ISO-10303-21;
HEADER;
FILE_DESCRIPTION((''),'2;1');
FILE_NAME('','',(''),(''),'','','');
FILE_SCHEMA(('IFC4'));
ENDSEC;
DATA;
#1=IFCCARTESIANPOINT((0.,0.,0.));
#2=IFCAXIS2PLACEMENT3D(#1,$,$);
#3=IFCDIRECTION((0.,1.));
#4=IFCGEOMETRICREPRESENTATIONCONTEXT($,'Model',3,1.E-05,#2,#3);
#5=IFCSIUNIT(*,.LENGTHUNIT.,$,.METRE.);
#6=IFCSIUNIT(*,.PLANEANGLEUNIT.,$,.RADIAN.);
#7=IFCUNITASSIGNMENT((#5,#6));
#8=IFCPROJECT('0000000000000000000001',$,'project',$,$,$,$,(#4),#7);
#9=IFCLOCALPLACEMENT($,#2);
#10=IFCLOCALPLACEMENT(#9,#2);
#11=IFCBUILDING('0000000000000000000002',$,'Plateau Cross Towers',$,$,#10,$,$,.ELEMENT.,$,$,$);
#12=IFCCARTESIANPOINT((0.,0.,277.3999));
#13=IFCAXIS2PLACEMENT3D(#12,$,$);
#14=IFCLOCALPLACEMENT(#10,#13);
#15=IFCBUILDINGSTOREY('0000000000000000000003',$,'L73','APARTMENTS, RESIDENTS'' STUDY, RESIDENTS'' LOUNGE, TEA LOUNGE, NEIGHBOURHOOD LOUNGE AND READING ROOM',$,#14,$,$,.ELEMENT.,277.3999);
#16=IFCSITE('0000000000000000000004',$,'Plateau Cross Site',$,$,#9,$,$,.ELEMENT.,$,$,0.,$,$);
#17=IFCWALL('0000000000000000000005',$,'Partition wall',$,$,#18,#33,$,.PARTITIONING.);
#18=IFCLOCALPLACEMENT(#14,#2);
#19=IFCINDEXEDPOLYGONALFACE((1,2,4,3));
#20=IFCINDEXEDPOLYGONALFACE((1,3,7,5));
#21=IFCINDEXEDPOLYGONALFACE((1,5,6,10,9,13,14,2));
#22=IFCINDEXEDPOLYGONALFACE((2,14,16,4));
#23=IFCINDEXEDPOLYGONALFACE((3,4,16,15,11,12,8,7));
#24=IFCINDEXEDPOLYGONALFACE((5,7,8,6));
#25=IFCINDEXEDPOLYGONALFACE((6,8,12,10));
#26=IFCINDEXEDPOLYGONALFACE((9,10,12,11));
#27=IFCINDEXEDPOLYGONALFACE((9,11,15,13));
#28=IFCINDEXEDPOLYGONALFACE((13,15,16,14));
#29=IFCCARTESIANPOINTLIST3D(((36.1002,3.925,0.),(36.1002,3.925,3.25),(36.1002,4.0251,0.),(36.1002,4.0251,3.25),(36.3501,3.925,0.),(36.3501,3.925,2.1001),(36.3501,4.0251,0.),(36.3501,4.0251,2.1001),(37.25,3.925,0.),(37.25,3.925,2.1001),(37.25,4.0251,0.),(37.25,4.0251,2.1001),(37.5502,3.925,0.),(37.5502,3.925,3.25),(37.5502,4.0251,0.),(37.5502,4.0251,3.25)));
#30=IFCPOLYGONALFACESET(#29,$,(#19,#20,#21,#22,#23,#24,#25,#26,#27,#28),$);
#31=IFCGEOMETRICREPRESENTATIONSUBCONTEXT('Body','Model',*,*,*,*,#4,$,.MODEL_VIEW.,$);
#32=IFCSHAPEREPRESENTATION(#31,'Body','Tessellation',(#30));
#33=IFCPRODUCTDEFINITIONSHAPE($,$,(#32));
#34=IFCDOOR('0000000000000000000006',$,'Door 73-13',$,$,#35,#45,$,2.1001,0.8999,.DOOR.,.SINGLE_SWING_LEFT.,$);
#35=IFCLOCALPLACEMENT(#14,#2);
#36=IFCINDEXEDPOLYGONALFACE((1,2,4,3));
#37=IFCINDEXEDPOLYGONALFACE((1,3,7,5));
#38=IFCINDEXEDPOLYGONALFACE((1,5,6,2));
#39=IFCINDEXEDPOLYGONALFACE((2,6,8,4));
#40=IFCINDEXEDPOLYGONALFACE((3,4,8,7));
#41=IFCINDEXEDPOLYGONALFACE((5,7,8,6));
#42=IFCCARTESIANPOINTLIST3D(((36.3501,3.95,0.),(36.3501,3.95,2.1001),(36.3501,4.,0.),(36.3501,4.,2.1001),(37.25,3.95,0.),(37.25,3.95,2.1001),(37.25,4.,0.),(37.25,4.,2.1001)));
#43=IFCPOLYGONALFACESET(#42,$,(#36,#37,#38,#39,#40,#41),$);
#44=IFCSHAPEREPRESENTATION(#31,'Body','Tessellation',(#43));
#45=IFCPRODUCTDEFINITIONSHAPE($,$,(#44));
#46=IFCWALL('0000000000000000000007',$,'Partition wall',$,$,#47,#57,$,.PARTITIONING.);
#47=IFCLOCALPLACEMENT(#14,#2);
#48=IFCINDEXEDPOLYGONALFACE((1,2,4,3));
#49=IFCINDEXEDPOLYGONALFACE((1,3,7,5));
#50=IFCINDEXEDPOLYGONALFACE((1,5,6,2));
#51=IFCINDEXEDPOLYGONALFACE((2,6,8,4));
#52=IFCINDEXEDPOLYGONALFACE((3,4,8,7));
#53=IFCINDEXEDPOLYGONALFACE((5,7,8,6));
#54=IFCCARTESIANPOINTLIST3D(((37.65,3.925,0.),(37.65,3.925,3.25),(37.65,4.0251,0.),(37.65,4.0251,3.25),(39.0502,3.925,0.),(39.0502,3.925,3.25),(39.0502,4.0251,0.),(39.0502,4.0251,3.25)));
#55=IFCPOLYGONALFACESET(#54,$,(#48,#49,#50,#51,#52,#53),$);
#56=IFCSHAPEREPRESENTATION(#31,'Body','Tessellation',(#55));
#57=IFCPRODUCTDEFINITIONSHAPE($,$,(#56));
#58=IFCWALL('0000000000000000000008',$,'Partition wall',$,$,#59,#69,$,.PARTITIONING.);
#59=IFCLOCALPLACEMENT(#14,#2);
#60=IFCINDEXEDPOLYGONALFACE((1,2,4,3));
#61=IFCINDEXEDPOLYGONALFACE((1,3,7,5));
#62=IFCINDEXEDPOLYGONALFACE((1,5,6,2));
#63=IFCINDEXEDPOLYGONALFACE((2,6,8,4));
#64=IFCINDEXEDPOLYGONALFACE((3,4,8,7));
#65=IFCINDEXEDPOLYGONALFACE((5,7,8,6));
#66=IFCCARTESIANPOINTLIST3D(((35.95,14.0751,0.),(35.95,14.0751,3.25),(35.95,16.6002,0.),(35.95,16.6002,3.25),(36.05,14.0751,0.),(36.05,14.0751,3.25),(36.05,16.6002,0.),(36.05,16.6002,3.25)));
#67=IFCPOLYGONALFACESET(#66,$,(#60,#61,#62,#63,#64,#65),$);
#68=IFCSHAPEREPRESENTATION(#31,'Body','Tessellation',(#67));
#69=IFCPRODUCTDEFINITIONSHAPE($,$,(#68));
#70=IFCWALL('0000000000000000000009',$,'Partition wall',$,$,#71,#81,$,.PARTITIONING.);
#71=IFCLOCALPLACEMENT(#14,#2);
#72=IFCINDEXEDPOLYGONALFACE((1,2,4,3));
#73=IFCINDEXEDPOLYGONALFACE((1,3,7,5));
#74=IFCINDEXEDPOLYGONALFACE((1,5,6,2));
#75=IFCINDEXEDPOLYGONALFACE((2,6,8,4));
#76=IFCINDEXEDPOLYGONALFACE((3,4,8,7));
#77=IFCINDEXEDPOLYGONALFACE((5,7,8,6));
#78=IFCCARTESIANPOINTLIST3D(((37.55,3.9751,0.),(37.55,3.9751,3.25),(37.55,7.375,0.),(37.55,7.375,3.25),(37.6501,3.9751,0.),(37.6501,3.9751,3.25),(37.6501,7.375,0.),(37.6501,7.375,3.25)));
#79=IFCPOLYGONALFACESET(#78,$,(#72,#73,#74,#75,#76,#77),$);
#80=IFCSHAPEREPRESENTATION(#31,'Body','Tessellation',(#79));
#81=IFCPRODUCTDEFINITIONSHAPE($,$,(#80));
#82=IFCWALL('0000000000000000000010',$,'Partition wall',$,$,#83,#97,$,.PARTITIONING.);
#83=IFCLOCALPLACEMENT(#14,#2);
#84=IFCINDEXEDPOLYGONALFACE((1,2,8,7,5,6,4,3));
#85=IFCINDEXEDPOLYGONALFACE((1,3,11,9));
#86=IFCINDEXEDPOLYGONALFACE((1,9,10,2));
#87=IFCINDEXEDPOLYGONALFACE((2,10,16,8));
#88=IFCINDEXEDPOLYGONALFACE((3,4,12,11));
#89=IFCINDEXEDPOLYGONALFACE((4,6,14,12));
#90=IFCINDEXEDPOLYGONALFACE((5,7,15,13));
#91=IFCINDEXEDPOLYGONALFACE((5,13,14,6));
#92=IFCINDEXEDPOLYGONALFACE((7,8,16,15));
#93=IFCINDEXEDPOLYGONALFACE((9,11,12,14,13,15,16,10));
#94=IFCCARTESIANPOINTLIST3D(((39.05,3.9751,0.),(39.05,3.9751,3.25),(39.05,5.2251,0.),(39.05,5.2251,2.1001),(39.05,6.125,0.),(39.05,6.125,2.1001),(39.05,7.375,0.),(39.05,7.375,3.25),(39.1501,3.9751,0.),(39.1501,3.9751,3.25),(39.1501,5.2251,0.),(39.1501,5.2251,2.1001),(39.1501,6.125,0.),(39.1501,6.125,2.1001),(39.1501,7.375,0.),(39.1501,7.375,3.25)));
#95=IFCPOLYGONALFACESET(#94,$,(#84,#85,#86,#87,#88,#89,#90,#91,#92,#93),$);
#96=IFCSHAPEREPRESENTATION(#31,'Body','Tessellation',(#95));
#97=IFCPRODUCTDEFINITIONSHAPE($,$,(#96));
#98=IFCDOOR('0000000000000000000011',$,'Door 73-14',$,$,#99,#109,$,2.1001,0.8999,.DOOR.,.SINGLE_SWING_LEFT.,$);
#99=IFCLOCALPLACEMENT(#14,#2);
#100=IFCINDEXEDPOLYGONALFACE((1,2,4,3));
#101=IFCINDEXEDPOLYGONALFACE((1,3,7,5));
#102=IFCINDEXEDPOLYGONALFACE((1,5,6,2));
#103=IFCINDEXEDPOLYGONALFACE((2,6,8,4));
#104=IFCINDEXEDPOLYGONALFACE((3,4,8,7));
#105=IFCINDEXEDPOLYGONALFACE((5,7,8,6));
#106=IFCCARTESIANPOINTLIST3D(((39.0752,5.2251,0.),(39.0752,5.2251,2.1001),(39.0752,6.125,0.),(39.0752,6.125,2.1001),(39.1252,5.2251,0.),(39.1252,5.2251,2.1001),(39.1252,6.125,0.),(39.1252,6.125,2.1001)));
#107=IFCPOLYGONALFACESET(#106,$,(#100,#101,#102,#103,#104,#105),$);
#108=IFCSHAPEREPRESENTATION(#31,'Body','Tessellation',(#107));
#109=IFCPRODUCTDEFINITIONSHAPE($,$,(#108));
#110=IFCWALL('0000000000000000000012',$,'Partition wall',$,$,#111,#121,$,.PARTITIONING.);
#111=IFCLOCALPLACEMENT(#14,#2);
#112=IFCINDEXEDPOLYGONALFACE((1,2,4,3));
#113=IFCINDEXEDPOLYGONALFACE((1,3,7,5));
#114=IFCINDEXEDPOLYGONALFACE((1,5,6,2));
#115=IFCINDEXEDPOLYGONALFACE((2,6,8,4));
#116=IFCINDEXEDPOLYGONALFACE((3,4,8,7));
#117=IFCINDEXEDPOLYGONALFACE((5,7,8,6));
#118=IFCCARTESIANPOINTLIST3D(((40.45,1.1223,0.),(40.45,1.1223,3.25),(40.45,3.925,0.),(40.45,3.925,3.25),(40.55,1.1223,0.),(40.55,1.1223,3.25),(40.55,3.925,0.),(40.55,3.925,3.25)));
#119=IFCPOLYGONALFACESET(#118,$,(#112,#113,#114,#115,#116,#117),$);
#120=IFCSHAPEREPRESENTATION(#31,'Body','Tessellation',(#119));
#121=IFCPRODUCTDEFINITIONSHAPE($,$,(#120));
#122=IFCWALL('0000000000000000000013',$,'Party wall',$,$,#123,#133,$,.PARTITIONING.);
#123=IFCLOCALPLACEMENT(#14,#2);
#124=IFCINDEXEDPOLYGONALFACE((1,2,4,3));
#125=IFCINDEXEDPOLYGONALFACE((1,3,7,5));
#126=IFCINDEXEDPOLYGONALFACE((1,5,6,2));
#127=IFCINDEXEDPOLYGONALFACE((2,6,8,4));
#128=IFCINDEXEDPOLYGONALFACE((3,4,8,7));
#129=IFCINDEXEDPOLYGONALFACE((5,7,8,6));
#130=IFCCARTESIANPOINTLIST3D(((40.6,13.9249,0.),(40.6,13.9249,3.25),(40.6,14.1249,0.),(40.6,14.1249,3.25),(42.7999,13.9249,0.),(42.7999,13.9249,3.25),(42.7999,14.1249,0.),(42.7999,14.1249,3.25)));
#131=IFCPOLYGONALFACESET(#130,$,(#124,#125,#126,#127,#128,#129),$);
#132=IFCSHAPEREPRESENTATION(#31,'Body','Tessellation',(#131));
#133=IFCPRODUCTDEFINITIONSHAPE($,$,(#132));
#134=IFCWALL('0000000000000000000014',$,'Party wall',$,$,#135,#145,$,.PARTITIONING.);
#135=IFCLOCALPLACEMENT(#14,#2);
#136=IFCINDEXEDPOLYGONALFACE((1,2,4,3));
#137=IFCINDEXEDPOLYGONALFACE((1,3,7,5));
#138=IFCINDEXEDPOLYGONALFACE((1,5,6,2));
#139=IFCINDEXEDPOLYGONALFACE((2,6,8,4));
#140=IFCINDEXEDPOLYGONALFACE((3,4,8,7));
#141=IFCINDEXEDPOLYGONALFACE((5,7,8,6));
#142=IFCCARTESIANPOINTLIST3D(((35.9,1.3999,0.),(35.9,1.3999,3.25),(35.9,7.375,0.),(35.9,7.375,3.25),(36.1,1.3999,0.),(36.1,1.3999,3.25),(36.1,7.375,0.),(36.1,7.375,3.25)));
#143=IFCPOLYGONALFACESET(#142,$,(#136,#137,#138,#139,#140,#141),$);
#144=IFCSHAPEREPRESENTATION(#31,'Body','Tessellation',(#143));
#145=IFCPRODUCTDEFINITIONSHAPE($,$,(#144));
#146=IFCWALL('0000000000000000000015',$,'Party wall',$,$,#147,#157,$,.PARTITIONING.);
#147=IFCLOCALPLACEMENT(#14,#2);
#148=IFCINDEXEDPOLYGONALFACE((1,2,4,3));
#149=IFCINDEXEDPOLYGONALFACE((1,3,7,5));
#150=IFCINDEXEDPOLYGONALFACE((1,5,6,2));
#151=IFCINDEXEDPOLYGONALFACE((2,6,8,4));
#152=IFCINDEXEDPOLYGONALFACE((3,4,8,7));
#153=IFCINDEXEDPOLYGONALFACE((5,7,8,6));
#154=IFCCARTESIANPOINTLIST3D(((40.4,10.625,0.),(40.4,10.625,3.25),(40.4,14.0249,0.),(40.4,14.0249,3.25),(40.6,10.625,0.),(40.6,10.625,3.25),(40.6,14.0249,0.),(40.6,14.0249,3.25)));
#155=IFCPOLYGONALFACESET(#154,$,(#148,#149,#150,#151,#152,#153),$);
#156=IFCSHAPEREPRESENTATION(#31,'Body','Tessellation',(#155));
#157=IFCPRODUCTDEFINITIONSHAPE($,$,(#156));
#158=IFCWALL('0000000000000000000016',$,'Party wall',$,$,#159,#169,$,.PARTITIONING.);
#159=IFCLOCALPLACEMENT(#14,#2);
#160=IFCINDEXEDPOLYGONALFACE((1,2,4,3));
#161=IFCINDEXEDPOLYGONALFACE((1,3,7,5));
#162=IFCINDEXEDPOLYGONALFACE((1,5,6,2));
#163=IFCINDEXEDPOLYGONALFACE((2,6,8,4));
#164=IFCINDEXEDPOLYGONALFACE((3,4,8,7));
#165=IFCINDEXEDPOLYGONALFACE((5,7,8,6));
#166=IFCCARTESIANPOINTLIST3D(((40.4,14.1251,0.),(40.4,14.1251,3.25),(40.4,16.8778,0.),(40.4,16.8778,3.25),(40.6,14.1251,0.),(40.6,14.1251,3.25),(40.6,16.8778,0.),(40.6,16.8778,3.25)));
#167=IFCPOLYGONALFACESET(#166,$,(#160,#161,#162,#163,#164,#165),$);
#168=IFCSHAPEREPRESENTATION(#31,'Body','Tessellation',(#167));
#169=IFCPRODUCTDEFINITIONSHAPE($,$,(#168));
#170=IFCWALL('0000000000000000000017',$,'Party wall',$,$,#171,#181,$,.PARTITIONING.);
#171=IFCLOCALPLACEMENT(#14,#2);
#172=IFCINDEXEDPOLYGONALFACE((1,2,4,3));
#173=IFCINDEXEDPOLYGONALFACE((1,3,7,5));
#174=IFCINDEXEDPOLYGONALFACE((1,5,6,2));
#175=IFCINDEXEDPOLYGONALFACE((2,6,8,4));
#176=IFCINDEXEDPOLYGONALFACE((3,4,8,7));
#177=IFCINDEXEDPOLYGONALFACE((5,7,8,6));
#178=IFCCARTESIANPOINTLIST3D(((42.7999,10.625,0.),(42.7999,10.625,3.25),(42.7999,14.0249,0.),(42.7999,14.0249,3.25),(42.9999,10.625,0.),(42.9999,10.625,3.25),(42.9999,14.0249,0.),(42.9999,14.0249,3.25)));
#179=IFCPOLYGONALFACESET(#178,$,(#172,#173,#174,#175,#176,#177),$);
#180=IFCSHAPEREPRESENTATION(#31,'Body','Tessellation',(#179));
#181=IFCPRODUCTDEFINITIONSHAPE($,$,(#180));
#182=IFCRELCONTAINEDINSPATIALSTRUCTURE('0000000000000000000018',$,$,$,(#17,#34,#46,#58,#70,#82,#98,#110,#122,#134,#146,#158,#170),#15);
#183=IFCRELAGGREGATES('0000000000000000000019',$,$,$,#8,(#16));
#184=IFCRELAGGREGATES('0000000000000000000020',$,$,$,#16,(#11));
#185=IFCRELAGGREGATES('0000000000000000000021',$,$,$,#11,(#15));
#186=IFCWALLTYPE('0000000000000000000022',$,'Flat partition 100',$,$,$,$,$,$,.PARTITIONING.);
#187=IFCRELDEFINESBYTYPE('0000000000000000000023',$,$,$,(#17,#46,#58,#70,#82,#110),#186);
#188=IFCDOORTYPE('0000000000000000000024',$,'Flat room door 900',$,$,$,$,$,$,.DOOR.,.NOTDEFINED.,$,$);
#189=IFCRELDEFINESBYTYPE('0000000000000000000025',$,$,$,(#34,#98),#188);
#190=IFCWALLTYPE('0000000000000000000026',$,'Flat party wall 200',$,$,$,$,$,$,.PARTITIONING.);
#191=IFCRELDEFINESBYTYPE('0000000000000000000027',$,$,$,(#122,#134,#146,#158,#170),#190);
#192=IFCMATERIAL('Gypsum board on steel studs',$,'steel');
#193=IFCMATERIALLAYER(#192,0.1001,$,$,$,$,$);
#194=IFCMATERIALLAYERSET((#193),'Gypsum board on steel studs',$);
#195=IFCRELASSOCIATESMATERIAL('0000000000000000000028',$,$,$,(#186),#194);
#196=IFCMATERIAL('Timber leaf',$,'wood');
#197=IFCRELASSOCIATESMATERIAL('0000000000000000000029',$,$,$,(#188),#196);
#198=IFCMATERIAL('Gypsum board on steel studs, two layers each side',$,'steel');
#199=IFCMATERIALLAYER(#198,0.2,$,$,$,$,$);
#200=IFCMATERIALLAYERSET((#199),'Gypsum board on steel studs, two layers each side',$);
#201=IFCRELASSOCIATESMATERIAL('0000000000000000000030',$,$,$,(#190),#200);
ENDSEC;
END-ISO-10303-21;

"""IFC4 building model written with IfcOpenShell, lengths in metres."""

from ifc_helpers import new_model, si_unit, direction, frame, frame_2d, origin, place, context, subcontext, project, spatial, rectangle, extrude, material, layer, layer_set, type_object, element, fill, save


model = new_model("IFC4")

# Units and contexts
model_context = context("Model", 3, precision=1e-05, world=origin(), true_north=direction((0.0, 1.0)))
body_context = subcontext(model_context, "Body", "Model", "MODEL_VIEW")
ifc_project = project(units=[si_unit("LENGTHUNIT", "METRE"), si_unit("PLANEANGLEUNIT", "RADIAN")], contexts=[model_context])

# Site, building, storey
site_placement = place(None, origin())
site = spatial("IfcSite", under=ifc_project, at=site_placement, Name="Plateau Cross Site", CompositionType="ELEMENT", RefElevation=0.0)
building_placement = place(site_placement, origin())
building = spatial("IfcBuilding", under=site, at=building_placement, Name="Plateau Cross Towers", CompositionType="ELEMENT")
storey_placement = place(building_placement, frame((0.0, 0.0, 277.3999)))
storey = spatial("IfcBuildingStorey", under=building, at=storey_placement, Name="L73", Description="APARTMENTS, RESIDENTS' STUDY, RESIDENTS' LOUNGE, TEA LOUNGE, NEIGHBOURHOOD LOUNGE AND READING ROOM", CompositionType="ELEMENT", Elevation=277.3999)

# Wall, opening, door
ifc_material_1 = material(Name="Gypsum board on steel studs", Category="steel")
ifc_layer_1 = layer(ifc_material_1, 0.1001)
ifc_layer_set_1 = layer_set([ifc_layer_1], Name="Gypsum board on steel studs")
wall_type_1 = type_object("IfcWallType", Name="Flat partition 100", PredefinedType="PARTITIONING", material=ifc_layer_set_1)
wall_1_placement = place(storey_placement, frame((36.1001, 3.9751, 0.0), z_axis=(0.0, 0.0, 1.0), x_axis=(1.0, 0.0, 0.0)))
wall_1 = element("IfcWall", 1, at=wall_1_placement, inside=storey, type_object=wall_type_1, Name="Partition wall", PredefinedType="PARTITIONING", context=body_context, shape_type="SweptSolid", body=[
    extrude(rectangle(XDim=1.45, YDim=0.1001, at=frame_2d((0.7251, 0.0))), origin(), (0.0, 0.0, 1.0), 3.25),
])
opening_1_placement = place(wall_1_placement, frame((0.25, 0.0, 0.0)))
opening_1 = element("IfcOpeningElement", 2, at=opening_1_placement, cuts=wall_1, PredefinedType="OPENING", context=body_context, shape_type="SweptSolid", body=[
    extrude(rectangle(XDim=0.8999, YDim=2.1001, at=frame_2d((0.45, 1.05))), frame((0.0, 0.0601, 0.0), z_axis=(0.0, -1.0, 0.0), x_axis=(1.0, 0.0, 0.0)), (0.0, 0.0, 1.0), 0.1201),
])
ifc_material_2 = material(Name="Timber leaf", Category="wood")
door_type_1 = type_object("IfcDoorType", Name="Flat room door 900", OperationType="NOTDEFINED", PredefinedType="DOOR", material=ifc_material_2)
door_1_placement = place(opening_1_placement, origin())
door_1 = element("IfcDoor", 3, at=door_1_placement, inside=storey, type_object=door_type_1, Name="Door 73-13", OperationType="SINGLE_SWING_LEFT", OverallHeight=2.1001, OverallWidth=0.8999, PredefinedType="DOOR", context=body_context, shape_type="SweptSolid", body=[
    extrude(rectangle(XDim=0.8999, YDim=2.1001, at=frame_2d((0.45, 1.05))), frame((0.0, 0.0249, 0.0), z_axis=(0.0, -1.0, 0.0), x_axis=(1.0, 0.0, 0.0)), (0.0, 0.0, 1.0), 0.05),
])
fill(opening_1, door_1)

# Walls
wall_2_placement = place(storey_placement, frame((37.6499, 3.9751, 0.0), z_axis=(0.0, 0.0, 1.0), x_axis=(1.0, 0.0, 0.0)))
element("IfcWall", 4, at=wall_2_placement, inside=storey, type_object=wall_type_1, Name="Partition wall", PredefinedType="PARTITIONING", context=body_context, shape_type="SweptSolid", body=[
    extrude(rectangle(XDim=1.4001, YDim=0.1001, at=frame_2d((0.7002, 0.0))), origin(), (0.0, 0.0, 1.0), 3.25),
])
wall_3_placement = place(storey_placement, frame((36.0, 14.075, 0.0), z_axis=(0.0, 0.0, 1.0), x_axis=(0.0, 1.0, 0.0)))
element("IfcWall", 5, at=wall_3_placement, inside=storey, type_object=wall_type_1, Name="Partition wall", PredefinedType="PARTITIONING", context=body_context, shape_type="SweptSolid", body=[
    extrude(rectangle(XDim=2.5251, YDim=0.1001, at=frame_2d((1.2627, 0.0))), origin(), (0.0, 0.0, 1.0), 3.25),
])
wall_4_placement = place(storey_placement, frame((37.6001, 3.9751, 0.0), z_axis=(0.0, 0.0, 1.0), x_axis=(0.0, 1.0, 0.0)))
element("IfcWall", 6, at=wall_4_placement, inside=storey, type_object=wall_type_1, Name="Partition wall", PredefinedType="PARTITIONING", context=body_context, shape_type="SweptSolid", body=[
    extrude(rectangle(XDim=3.3999, YDim=0.1001, at=frame_2d((1.7, 0.0))), origin(), (0.0, 0.0, 1.0), 3.25),
])

# Wall, opening, door
wall_5_placement = place(storey_placement, frame((39.1001, 3.9751, 0.0), z_axis=(0.0, 0.0, 1.0), x_axis=(0.0, 1.0, 0.0)))
wall_5 = element("IfcWall", 7, at=wall_5_placement, inside=storey, type_object=wall_type_1, Name="Partition wall", PredefinedType="PARTITIONING", context=body_context, shape_type="SweptSolid", body=[
    extrude(rectangle(XDim=3.3999, YDim=0.1001, at=frame_2d((1.7, 0.0))), origin(), (0.0, 0.0, 1.0), 3.25),
])
opening_2_placement = place(wall_5_placement, frame((1.25, 0.0, 0.0)))
opening_2 = element("IfcOpeningElement", 8, at=opening_2_placement, cuts=wall_5, PredefinedType="OPENING", context=body_context, shape_type="SweptSolid", body=[
    extrude(rectangle(XDim=0.8999, YDim=2.1001, at=frame_2d((0.45, 1.05))), frame((0.0, 0.0601, 0.0), z_axis=(0.0, -1.0, 0.0), x_axis=(1.0, 0.0, 0.0)), (0.0, 0.0, 1.0), 0.1201),
])
door_2_placement = place(opening_2_placement, origin())
door_2 = element("IfcDoor", 9, at=door_2_placement, inside=storey, type_object=door_type_1, Name="Door 73-14", OperationType="SINGLE_SWING_LEFT", OverallHeight=2.1001, OverallWidth=0.8999, PredefinedType="DOOR", context=body_context, shape_type="SweptSolid", body=[
    extrude(rectangle(XDim=0.8999, YDim=2.1001, at=frame_2d((0.45, 1.05))), frame((0.0, 0.0249, 0.0), z_axis=(0.0, -1.0, 0.0), x_axis=(1.0, 0.0, 0.0)), (0.0, 0.0, 1.0), 0.05),
])
fill(opening_2, door_2)

# Walls
wall_6_placement = place(storey_placement, frame((40.5, 3.925, 0.0), z_axis=(0.0, 0.0, 1.0), x_axis=(0.0, -1.0, 0.0)))
element("IfcWall", 10, at=wall_6_placement, inside=storey, type_object=wall_type_1, Name="Partition wall", PredefinedType="PARTITIONING", context=body_context, shape_type="SweptSolid", body=[
    extrude(rectangle(XDim=2.8027, YDim=0.1001, at=frame_2d((1.4014, 0.0))), origin(), (0.0, 0.0, 1.0), 3.25),
])
ifc_material_3 = material(Name="Gypsum board on steel studs, two layers each side", Category="steel")
ifc_layer_2 = layer(ifc_material_3, 0.2)
ifc_layer_set_2 = layer_set([ifc_layer_2], Name="Gypsum board on steel studs, two layers each side")
wall_type_2 = type_object("IfcWallType", Name="Flat party wall 200", PredefinedType="PARTITIONING", material=ifc_layer_set_2)
wall_7_placement = place(storey_placement, frame((42.8, 14.0249, 0.0), z_axis=(0.0, 0.0, 1.0), x_axis=(-1.0, 0.0, 0.0)))
element("IfcWall", 11, at=wall_7_placement, inside=storey, type_object=wall_type_2, Name="Party wall", PredefinedType="PARTITIONING", context=body_context, shape_type="SweptSolid", body=[
    extrude(rectangle(XDim=2.2, YDim=0.2, at=frame_2d((1.1001, 0.0))), origin(), (0.0, 0.0, 1.0), 3.25),
])
wall_8_placement = place(storey_placement, frame((36.0, 1.3999, 0.0), z_axis=(0.0, 0.0, 1.0), x_axis=(0.0, 1.0, 0.0)))
element("IfcWall", 12, at=wall_8_placement, inside=storey, type_object=wall_type_2, Name="Party wall", PredefinedType="PARTITIONING", context=body_context, shape_type="SweptSolid", body=[
    extrude(rectangle(XDim=5.9751, YDim=0.2, at=frame_2d((2.9875, 0.0))), origin(), (0.0, 0.0, 1.0), 3.25),
])
wall_9_placement = place(storey_placement, frame((40.5, 14.0249, 0.0), z_axis=(0.0, 0.0, 1.0), x_axis=(0.0, -1.0, 0.0)))
element("IfcWall", 13, at=wall_9_placement, inside=storey, type_object=wall_type_2, Name="Party wall", PredefinedType="PARTITIONING", context=body_context, shape_type="SweptSolid", body=[
    extrude(rectangle(XDim=3.3999, YDim=0.2, at=frame_2d((1.7, 0.0))), origin(), (0.0, 0.0, 1.0), 3.25),
])
wall_10_placement = place(storey_placement, frame((40.5, 14.125, 0.0), z_axis=(0.0, 0.0, 1.0), x_axis=(0.0, 1.0, 0.0)))
element("IfcWall", 14, at=wall_10_placement, inside=storey, type_object=wall_type_2, Name="Party wall", PredefinedType="PARTITIONING", context=body_context, shape_type="SweptSolid", body=[
    extrude(rectangle(XDim=2.7527, YDim=0.2, at=frame_2d((1.3765, 0.0))), origin(), (0.0, 0.0, 1.0), 3.25),
])
wall_11_placement = place(storey_placement, frame((42.8999, 10.625, 0.0), z_axis=(0.0, 0.0, 1.0), x_axis=(0.0, 1.0, 0.0)))
element("IfcWall", 15, at=wall_11_placement, inside=storey, type_object=wall_type_2, Name="Party wall", PredefinedType="PARTITIONING", context=body_context, shape_type="SweptSolid", body=[
    extrude(rectangle(XDim=3.3999, YDim=0.2, at=frame_2d((1.7, 0.0))), origin(), (0.0, 0.0, 1.0), 3.25),
])

save(model, "model.ifc")
